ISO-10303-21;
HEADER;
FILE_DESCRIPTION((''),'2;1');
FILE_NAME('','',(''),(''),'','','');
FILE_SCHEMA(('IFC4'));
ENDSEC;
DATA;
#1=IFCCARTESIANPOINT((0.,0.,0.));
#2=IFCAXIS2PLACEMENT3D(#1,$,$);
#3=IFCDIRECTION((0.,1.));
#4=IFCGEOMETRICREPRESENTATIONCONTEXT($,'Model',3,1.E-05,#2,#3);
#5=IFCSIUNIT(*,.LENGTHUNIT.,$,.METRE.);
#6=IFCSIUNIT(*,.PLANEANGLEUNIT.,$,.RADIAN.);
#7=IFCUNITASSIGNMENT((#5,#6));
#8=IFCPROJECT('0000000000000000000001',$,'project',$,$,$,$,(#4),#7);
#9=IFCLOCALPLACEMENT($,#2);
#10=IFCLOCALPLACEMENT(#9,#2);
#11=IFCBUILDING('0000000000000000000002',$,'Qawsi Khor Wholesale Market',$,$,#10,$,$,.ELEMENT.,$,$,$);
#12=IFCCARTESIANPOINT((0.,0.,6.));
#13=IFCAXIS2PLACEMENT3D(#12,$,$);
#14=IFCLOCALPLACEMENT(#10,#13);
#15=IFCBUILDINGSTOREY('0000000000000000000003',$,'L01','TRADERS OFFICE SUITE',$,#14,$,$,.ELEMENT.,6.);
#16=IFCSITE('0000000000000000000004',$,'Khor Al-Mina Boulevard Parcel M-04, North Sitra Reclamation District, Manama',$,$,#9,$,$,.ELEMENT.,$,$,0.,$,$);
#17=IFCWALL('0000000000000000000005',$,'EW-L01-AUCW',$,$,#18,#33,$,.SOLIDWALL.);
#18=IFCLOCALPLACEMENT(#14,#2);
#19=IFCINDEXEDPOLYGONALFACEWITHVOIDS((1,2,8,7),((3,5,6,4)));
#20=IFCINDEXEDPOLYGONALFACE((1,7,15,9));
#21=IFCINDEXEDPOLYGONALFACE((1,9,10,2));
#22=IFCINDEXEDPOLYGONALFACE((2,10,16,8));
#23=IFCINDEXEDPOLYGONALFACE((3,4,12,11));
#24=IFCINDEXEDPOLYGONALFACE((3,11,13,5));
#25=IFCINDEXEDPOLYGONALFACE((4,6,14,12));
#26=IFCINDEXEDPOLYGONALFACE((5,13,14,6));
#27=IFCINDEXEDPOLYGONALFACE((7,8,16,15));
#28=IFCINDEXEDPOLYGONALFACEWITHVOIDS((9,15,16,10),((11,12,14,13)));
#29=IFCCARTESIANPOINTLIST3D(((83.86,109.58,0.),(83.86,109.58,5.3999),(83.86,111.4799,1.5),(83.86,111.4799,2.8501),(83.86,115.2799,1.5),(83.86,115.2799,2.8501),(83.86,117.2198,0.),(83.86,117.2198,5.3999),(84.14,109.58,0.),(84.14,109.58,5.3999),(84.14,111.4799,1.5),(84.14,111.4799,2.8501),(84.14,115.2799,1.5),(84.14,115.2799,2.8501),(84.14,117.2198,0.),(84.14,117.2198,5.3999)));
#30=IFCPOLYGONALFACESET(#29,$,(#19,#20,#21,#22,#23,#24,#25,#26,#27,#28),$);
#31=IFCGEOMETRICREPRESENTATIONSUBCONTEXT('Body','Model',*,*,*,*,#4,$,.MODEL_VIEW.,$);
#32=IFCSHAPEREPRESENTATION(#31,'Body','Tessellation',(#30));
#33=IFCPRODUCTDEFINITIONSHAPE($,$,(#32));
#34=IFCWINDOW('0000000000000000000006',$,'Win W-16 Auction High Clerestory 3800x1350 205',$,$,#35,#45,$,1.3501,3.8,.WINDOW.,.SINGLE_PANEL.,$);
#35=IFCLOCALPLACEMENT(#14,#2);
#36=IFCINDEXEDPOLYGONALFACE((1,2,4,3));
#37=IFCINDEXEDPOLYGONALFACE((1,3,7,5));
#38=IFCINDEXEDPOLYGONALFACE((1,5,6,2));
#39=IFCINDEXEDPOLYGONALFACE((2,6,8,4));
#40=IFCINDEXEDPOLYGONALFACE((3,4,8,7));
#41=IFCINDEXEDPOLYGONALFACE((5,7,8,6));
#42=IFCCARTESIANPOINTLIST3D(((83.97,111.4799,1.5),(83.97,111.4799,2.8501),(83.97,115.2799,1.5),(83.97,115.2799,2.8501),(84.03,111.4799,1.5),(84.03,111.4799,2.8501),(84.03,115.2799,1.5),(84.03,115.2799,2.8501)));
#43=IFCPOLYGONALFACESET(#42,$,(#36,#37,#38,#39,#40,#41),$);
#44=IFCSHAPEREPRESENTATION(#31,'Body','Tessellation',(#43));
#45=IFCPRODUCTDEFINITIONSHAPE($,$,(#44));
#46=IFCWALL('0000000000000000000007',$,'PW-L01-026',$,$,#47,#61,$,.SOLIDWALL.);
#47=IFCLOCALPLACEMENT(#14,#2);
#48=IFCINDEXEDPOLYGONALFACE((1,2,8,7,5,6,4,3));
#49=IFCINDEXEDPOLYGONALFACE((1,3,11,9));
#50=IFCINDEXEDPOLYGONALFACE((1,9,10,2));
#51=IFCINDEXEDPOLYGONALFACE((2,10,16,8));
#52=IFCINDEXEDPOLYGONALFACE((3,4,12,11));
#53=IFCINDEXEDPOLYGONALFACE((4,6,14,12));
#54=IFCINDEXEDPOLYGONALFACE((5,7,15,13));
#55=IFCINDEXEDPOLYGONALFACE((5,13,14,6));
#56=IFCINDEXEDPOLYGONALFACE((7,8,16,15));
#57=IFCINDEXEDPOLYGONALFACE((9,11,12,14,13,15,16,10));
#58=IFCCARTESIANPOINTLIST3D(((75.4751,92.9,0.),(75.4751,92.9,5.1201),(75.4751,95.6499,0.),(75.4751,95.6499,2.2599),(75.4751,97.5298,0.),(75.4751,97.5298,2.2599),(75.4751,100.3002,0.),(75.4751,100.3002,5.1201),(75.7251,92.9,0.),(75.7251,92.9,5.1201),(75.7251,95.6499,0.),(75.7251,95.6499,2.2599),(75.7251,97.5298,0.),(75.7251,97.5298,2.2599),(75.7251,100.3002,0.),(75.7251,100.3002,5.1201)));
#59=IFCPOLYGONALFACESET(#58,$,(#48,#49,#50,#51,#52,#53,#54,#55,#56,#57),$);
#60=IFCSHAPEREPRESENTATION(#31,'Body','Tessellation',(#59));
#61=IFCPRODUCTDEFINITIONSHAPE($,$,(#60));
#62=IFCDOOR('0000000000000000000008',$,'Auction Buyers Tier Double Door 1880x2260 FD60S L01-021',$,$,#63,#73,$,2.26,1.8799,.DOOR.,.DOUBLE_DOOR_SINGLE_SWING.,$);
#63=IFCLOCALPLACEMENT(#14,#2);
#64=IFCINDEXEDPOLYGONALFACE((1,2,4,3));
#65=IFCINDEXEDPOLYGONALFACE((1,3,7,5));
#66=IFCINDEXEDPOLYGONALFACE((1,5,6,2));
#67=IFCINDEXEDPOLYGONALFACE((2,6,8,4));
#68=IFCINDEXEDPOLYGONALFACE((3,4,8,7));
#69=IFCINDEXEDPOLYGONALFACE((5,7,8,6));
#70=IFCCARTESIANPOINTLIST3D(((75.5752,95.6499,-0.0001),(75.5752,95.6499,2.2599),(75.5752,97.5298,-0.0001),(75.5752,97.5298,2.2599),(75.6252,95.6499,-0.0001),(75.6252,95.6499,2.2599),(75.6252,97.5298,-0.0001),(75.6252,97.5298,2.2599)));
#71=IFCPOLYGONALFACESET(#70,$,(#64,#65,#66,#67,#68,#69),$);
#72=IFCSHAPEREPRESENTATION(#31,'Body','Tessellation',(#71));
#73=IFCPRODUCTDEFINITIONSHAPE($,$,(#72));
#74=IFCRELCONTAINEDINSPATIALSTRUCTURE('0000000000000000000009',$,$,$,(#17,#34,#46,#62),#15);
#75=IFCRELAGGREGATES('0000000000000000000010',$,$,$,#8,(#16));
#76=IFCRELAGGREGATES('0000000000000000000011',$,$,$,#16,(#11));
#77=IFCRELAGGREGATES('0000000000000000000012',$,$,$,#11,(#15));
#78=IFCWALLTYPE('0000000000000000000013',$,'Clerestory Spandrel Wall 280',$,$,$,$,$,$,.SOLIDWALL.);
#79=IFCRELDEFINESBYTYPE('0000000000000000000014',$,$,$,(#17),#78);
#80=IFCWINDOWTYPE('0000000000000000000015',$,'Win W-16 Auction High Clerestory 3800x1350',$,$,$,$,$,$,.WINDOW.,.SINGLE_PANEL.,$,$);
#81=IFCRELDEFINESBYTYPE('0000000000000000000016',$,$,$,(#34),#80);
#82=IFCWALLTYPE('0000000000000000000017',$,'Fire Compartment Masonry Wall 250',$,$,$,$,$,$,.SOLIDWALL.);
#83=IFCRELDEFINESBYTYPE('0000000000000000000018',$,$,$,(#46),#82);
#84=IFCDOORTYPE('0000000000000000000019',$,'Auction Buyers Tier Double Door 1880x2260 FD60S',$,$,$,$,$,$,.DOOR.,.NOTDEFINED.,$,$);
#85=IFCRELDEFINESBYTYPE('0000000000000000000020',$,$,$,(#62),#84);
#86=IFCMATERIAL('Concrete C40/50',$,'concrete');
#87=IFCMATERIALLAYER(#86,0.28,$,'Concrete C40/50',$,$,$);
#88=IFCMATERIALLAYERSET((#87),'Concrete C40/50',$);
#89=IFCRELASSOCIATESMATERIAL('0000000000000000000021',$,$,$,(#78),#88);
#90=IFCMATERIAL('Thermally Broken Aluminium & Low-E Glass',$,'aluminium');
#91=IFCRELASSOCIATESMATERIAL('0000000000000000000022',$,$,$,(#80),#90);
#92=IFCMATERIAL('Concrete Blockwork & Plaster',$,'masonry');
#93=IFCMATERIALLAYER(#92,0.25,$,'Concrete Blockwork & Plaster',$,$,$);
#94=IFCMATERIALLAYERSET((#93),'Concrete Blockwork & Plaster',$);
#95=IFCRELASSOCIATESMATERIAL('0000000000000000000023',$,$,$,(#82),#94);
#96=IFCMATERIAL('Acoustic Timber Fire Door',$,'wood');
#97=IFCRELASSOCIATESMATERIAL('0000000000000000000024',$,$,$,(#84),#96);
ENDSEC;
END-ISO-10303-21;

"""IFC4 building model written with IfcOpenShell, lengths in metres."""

from ifc_helpers import new_model, si_unit, direction, frame, frame_2d, origin, place, context, subcontext, project, spatial, rectangle, extrude, material, layer, layer_set, type_object, element, fill, save


model = new_model("IFC4")

# Units and contexts
model_context = context("Model", 3, precision=1e-05, world=origin(), true_north=direction((0.0, 1.0)))
body_context = subcontext(model_context, "Body", "Model", "MODEL_VIEW")
ifc_project = project(units=[si_unit("LENGTHUNIT", "METRE"), si_unit("PLANEANGLEUNIT", "RADIAN")], contexts=[model_context])

# Site, building, storey
site_placement = place(None, origin())
site = spatial("IfcSite", under=ifc_project, at=site_placement, Name="Khor Al-Mina Boulevard Parcel M-04, North Sitra Reclamation District, Manama", CompositionType="ELEMENT", RefElevation=0.0)
building_placement = place(site_placement, origin())
building = spatial("IfcBuilding", under=site, at=building_placement, Name="Qawsi Khor Wholesale Market", CompositionType="ELEMENT")
storey_placement = place(building_placement, frame((0.0, 0.0, 6.0)))
storey = spatial("IfcBuildingStorey", under=building, at=storey_placement, Name="L01", Description="TRADERS OFFICE SUITE", CompositionType="ELEMENT", Elevation=6.0)

# Shared definitions
ifc_material_1 = material(Name="Concrete C40/50", Category="concrete")

# Wall, opening, window
ifc_layer_1 = layer(ifc_material_1, 0.28, Name="Concrete C40/50")
ifc_layer_set_1 = layer_set([ifc_layer_1], Name="Concrete C40/50")
wall_type_1 = type_object("IfcWallType", Name="Clerestory Spandrel Wall 280", PredefinedType="SOLIDWALL", material=ifc_layer_set_1)
wall_1_placement = place(storey_placement, frame((84.0, 109.5801, 0.0), z_axis=(0.0, 0.0, 1.0), x_axis=(0.0, 1.0, 0.0)))
wall_1 = element("IfcWall", 1, at=wall_1_placement, inside=storey, type_object=wall_type_1, Name="EW-L01-AUCW", PredefinedType="SOLIDWALL", context=body_context, shape_type="SweptSolid", body=[
    extrude(rectangle(XDim=7.6399, YDim=0.28, at=frame_2d((3.8198, 0.0))), origin(), (0.0, 0.0, 1.0), 5.3999),
])
opening_1_placement = place(wall_1_placement, frame((1.8999, 0.0, 1.5)))
opening_1 = element("IfcOpeningElement", 2, at=opening_1_placement, cuts=wall_1, PredefinedType="OPENING", context=body_context, shape_type="SweptSolid", body=[
    extrude(rectangle(XDim=3.8, YDim=1.3501, at=frame_2d((1.8999, 0.675))), frame((0.0, 0.1499, 0.0), z_axis=(0.0, -1.0, 0.0), x_axis=(1.0, 0.0, 0.0)), (0.0, 0.0, 1.0), 0.3),
])
ifc_material_2 = material(Name="Thermally Broken Aluminium & Low-E Glass", Category="aluminium")
window_type = type_object("IfcWindowType", Name="Win W-16 Auction High Clerestory 3800x1350", PartitioningType="SINGLE_PANEL", PredefinedType="WINDOW", material=ifc_material_2)
window_placement = place(opening_1_placement, origin())
window = element("IfcWindow", 3, at=window_placement, inside=storey, type_object=window_type, Name="Win W-16 Auction High Clerestory 3800x1350 205", OverallHeight=1.3501, OverallWidth=3.8, PartitioningType="SINGLE_PANEL", PredefinedType="WINDOW", context=body_context, shape_type="SweptSolid", body=[
    extrude(rectangle(XDim=3.8, YDim=1.3501, at=frame_2d((1.8999, 0.675))), frame((0.0, 0.03, 0.0), z_axis=(0.0, -1.0, 0.0), x_axis=(1.0, 0.0, 0.0)), (0.0, 0.0, 1.0), 0.0601),
])
fill(opening_1, window)

# Wall, opening, door
ifc_material_3 = material(Name="Concrete Blockwork & Plaster", Category="masonry")
ifc_layer_2 = layer(ifc_material_3, 0.25, Name="Concrete Blockwork & Plaster")
ifc_layer_set_2 = layer_set([ifc_layer_2], Name="Concrete Blockwork & Plaster")
wall_type_2 = type_object("IfcWallType", Name="Fire Compartment Masonry Wall 250", PredefinedType="SOLIDWALL", material=ifc_layer_set_2)
wall_2_placement = place(storey_placement, frame((75.6001, 92.8999, 0.0), z_axis=(0.0, 0.0, 1.0), x_axis=(0.0, 1.0, 0.0)))
wall_2 = element("IfcWall", 4, at=wall_2_placement, inside=storey, type_object=wall_type_2, Name="PW-L01-026", PredefinedType="SOLIDWALL", context=body_context, shape_type="SweptSolid", body=[
    extrude(rectangle(XDim=7.4001, YDim=0.25, at=frame_2d((3.7002, 0.0))), origin(), (0.0, 0.0, 1.0), 5.1201),
])
opening_2_placement = place(wall_2_placement, frame((2.75, 0.0, 0.0)))
opening_2 = element("IfcOpeningElement", 5, at=opening_2_placement, cuts=wall_2, PredefinedType="OPENING", context=body_context, shape_type="SweptSolid", body=[
    extrude(rectangle(XDim=1.8799, YDim=2.26, at=frame_2d((0.9399, 1.1299))), frame((0.0, 0.135, 0.0), z_axis=(0.0, -1.0, 0.0), x_axis=(1.0, 0.0, 0.0)), (0.0, 0.0, 1.0), 0.27),
])
ifc_material_4 = material(Name="Acoustic Timber Fire Door", Category="wood")
door_type = type_object("IfcDoorType", Name="Auction Buyers Tier Double Door 1880x2260 FD60S", OperationType="NOTDEFINED", PredefinedType="DOOR", material=ifc_material_4)
door_placement = place(opening_2_placement, origin())
door = element("IfcDoor", 6, at=door_placement, inside=storey, type_object=door_type, Name="Auction Buyers Tier Double Door 1880x2260 FD60S L01-021", OperationType="DOUBLE_DOOR_SINGLE_SWING", OverallHeight=2.26, OverallWidth=1.8799, PredefinedType="DOOR", context=body_context, shape_type="SweptSolid", body=[
    extrude(rectangle(XDim=1.8799, YDim=2.26, at=frame_2d((0.9399, 1.1299))), frame((0.0, 0.0249, 0.0), z_axis=(0.0, -1.0, 0.0), x_axis=(1.0, 0.0, 0.0)), (0.0, 0.0, 1.0), 0.05),
])
fill(opening_2, door)

save(model, "model.ifc")
